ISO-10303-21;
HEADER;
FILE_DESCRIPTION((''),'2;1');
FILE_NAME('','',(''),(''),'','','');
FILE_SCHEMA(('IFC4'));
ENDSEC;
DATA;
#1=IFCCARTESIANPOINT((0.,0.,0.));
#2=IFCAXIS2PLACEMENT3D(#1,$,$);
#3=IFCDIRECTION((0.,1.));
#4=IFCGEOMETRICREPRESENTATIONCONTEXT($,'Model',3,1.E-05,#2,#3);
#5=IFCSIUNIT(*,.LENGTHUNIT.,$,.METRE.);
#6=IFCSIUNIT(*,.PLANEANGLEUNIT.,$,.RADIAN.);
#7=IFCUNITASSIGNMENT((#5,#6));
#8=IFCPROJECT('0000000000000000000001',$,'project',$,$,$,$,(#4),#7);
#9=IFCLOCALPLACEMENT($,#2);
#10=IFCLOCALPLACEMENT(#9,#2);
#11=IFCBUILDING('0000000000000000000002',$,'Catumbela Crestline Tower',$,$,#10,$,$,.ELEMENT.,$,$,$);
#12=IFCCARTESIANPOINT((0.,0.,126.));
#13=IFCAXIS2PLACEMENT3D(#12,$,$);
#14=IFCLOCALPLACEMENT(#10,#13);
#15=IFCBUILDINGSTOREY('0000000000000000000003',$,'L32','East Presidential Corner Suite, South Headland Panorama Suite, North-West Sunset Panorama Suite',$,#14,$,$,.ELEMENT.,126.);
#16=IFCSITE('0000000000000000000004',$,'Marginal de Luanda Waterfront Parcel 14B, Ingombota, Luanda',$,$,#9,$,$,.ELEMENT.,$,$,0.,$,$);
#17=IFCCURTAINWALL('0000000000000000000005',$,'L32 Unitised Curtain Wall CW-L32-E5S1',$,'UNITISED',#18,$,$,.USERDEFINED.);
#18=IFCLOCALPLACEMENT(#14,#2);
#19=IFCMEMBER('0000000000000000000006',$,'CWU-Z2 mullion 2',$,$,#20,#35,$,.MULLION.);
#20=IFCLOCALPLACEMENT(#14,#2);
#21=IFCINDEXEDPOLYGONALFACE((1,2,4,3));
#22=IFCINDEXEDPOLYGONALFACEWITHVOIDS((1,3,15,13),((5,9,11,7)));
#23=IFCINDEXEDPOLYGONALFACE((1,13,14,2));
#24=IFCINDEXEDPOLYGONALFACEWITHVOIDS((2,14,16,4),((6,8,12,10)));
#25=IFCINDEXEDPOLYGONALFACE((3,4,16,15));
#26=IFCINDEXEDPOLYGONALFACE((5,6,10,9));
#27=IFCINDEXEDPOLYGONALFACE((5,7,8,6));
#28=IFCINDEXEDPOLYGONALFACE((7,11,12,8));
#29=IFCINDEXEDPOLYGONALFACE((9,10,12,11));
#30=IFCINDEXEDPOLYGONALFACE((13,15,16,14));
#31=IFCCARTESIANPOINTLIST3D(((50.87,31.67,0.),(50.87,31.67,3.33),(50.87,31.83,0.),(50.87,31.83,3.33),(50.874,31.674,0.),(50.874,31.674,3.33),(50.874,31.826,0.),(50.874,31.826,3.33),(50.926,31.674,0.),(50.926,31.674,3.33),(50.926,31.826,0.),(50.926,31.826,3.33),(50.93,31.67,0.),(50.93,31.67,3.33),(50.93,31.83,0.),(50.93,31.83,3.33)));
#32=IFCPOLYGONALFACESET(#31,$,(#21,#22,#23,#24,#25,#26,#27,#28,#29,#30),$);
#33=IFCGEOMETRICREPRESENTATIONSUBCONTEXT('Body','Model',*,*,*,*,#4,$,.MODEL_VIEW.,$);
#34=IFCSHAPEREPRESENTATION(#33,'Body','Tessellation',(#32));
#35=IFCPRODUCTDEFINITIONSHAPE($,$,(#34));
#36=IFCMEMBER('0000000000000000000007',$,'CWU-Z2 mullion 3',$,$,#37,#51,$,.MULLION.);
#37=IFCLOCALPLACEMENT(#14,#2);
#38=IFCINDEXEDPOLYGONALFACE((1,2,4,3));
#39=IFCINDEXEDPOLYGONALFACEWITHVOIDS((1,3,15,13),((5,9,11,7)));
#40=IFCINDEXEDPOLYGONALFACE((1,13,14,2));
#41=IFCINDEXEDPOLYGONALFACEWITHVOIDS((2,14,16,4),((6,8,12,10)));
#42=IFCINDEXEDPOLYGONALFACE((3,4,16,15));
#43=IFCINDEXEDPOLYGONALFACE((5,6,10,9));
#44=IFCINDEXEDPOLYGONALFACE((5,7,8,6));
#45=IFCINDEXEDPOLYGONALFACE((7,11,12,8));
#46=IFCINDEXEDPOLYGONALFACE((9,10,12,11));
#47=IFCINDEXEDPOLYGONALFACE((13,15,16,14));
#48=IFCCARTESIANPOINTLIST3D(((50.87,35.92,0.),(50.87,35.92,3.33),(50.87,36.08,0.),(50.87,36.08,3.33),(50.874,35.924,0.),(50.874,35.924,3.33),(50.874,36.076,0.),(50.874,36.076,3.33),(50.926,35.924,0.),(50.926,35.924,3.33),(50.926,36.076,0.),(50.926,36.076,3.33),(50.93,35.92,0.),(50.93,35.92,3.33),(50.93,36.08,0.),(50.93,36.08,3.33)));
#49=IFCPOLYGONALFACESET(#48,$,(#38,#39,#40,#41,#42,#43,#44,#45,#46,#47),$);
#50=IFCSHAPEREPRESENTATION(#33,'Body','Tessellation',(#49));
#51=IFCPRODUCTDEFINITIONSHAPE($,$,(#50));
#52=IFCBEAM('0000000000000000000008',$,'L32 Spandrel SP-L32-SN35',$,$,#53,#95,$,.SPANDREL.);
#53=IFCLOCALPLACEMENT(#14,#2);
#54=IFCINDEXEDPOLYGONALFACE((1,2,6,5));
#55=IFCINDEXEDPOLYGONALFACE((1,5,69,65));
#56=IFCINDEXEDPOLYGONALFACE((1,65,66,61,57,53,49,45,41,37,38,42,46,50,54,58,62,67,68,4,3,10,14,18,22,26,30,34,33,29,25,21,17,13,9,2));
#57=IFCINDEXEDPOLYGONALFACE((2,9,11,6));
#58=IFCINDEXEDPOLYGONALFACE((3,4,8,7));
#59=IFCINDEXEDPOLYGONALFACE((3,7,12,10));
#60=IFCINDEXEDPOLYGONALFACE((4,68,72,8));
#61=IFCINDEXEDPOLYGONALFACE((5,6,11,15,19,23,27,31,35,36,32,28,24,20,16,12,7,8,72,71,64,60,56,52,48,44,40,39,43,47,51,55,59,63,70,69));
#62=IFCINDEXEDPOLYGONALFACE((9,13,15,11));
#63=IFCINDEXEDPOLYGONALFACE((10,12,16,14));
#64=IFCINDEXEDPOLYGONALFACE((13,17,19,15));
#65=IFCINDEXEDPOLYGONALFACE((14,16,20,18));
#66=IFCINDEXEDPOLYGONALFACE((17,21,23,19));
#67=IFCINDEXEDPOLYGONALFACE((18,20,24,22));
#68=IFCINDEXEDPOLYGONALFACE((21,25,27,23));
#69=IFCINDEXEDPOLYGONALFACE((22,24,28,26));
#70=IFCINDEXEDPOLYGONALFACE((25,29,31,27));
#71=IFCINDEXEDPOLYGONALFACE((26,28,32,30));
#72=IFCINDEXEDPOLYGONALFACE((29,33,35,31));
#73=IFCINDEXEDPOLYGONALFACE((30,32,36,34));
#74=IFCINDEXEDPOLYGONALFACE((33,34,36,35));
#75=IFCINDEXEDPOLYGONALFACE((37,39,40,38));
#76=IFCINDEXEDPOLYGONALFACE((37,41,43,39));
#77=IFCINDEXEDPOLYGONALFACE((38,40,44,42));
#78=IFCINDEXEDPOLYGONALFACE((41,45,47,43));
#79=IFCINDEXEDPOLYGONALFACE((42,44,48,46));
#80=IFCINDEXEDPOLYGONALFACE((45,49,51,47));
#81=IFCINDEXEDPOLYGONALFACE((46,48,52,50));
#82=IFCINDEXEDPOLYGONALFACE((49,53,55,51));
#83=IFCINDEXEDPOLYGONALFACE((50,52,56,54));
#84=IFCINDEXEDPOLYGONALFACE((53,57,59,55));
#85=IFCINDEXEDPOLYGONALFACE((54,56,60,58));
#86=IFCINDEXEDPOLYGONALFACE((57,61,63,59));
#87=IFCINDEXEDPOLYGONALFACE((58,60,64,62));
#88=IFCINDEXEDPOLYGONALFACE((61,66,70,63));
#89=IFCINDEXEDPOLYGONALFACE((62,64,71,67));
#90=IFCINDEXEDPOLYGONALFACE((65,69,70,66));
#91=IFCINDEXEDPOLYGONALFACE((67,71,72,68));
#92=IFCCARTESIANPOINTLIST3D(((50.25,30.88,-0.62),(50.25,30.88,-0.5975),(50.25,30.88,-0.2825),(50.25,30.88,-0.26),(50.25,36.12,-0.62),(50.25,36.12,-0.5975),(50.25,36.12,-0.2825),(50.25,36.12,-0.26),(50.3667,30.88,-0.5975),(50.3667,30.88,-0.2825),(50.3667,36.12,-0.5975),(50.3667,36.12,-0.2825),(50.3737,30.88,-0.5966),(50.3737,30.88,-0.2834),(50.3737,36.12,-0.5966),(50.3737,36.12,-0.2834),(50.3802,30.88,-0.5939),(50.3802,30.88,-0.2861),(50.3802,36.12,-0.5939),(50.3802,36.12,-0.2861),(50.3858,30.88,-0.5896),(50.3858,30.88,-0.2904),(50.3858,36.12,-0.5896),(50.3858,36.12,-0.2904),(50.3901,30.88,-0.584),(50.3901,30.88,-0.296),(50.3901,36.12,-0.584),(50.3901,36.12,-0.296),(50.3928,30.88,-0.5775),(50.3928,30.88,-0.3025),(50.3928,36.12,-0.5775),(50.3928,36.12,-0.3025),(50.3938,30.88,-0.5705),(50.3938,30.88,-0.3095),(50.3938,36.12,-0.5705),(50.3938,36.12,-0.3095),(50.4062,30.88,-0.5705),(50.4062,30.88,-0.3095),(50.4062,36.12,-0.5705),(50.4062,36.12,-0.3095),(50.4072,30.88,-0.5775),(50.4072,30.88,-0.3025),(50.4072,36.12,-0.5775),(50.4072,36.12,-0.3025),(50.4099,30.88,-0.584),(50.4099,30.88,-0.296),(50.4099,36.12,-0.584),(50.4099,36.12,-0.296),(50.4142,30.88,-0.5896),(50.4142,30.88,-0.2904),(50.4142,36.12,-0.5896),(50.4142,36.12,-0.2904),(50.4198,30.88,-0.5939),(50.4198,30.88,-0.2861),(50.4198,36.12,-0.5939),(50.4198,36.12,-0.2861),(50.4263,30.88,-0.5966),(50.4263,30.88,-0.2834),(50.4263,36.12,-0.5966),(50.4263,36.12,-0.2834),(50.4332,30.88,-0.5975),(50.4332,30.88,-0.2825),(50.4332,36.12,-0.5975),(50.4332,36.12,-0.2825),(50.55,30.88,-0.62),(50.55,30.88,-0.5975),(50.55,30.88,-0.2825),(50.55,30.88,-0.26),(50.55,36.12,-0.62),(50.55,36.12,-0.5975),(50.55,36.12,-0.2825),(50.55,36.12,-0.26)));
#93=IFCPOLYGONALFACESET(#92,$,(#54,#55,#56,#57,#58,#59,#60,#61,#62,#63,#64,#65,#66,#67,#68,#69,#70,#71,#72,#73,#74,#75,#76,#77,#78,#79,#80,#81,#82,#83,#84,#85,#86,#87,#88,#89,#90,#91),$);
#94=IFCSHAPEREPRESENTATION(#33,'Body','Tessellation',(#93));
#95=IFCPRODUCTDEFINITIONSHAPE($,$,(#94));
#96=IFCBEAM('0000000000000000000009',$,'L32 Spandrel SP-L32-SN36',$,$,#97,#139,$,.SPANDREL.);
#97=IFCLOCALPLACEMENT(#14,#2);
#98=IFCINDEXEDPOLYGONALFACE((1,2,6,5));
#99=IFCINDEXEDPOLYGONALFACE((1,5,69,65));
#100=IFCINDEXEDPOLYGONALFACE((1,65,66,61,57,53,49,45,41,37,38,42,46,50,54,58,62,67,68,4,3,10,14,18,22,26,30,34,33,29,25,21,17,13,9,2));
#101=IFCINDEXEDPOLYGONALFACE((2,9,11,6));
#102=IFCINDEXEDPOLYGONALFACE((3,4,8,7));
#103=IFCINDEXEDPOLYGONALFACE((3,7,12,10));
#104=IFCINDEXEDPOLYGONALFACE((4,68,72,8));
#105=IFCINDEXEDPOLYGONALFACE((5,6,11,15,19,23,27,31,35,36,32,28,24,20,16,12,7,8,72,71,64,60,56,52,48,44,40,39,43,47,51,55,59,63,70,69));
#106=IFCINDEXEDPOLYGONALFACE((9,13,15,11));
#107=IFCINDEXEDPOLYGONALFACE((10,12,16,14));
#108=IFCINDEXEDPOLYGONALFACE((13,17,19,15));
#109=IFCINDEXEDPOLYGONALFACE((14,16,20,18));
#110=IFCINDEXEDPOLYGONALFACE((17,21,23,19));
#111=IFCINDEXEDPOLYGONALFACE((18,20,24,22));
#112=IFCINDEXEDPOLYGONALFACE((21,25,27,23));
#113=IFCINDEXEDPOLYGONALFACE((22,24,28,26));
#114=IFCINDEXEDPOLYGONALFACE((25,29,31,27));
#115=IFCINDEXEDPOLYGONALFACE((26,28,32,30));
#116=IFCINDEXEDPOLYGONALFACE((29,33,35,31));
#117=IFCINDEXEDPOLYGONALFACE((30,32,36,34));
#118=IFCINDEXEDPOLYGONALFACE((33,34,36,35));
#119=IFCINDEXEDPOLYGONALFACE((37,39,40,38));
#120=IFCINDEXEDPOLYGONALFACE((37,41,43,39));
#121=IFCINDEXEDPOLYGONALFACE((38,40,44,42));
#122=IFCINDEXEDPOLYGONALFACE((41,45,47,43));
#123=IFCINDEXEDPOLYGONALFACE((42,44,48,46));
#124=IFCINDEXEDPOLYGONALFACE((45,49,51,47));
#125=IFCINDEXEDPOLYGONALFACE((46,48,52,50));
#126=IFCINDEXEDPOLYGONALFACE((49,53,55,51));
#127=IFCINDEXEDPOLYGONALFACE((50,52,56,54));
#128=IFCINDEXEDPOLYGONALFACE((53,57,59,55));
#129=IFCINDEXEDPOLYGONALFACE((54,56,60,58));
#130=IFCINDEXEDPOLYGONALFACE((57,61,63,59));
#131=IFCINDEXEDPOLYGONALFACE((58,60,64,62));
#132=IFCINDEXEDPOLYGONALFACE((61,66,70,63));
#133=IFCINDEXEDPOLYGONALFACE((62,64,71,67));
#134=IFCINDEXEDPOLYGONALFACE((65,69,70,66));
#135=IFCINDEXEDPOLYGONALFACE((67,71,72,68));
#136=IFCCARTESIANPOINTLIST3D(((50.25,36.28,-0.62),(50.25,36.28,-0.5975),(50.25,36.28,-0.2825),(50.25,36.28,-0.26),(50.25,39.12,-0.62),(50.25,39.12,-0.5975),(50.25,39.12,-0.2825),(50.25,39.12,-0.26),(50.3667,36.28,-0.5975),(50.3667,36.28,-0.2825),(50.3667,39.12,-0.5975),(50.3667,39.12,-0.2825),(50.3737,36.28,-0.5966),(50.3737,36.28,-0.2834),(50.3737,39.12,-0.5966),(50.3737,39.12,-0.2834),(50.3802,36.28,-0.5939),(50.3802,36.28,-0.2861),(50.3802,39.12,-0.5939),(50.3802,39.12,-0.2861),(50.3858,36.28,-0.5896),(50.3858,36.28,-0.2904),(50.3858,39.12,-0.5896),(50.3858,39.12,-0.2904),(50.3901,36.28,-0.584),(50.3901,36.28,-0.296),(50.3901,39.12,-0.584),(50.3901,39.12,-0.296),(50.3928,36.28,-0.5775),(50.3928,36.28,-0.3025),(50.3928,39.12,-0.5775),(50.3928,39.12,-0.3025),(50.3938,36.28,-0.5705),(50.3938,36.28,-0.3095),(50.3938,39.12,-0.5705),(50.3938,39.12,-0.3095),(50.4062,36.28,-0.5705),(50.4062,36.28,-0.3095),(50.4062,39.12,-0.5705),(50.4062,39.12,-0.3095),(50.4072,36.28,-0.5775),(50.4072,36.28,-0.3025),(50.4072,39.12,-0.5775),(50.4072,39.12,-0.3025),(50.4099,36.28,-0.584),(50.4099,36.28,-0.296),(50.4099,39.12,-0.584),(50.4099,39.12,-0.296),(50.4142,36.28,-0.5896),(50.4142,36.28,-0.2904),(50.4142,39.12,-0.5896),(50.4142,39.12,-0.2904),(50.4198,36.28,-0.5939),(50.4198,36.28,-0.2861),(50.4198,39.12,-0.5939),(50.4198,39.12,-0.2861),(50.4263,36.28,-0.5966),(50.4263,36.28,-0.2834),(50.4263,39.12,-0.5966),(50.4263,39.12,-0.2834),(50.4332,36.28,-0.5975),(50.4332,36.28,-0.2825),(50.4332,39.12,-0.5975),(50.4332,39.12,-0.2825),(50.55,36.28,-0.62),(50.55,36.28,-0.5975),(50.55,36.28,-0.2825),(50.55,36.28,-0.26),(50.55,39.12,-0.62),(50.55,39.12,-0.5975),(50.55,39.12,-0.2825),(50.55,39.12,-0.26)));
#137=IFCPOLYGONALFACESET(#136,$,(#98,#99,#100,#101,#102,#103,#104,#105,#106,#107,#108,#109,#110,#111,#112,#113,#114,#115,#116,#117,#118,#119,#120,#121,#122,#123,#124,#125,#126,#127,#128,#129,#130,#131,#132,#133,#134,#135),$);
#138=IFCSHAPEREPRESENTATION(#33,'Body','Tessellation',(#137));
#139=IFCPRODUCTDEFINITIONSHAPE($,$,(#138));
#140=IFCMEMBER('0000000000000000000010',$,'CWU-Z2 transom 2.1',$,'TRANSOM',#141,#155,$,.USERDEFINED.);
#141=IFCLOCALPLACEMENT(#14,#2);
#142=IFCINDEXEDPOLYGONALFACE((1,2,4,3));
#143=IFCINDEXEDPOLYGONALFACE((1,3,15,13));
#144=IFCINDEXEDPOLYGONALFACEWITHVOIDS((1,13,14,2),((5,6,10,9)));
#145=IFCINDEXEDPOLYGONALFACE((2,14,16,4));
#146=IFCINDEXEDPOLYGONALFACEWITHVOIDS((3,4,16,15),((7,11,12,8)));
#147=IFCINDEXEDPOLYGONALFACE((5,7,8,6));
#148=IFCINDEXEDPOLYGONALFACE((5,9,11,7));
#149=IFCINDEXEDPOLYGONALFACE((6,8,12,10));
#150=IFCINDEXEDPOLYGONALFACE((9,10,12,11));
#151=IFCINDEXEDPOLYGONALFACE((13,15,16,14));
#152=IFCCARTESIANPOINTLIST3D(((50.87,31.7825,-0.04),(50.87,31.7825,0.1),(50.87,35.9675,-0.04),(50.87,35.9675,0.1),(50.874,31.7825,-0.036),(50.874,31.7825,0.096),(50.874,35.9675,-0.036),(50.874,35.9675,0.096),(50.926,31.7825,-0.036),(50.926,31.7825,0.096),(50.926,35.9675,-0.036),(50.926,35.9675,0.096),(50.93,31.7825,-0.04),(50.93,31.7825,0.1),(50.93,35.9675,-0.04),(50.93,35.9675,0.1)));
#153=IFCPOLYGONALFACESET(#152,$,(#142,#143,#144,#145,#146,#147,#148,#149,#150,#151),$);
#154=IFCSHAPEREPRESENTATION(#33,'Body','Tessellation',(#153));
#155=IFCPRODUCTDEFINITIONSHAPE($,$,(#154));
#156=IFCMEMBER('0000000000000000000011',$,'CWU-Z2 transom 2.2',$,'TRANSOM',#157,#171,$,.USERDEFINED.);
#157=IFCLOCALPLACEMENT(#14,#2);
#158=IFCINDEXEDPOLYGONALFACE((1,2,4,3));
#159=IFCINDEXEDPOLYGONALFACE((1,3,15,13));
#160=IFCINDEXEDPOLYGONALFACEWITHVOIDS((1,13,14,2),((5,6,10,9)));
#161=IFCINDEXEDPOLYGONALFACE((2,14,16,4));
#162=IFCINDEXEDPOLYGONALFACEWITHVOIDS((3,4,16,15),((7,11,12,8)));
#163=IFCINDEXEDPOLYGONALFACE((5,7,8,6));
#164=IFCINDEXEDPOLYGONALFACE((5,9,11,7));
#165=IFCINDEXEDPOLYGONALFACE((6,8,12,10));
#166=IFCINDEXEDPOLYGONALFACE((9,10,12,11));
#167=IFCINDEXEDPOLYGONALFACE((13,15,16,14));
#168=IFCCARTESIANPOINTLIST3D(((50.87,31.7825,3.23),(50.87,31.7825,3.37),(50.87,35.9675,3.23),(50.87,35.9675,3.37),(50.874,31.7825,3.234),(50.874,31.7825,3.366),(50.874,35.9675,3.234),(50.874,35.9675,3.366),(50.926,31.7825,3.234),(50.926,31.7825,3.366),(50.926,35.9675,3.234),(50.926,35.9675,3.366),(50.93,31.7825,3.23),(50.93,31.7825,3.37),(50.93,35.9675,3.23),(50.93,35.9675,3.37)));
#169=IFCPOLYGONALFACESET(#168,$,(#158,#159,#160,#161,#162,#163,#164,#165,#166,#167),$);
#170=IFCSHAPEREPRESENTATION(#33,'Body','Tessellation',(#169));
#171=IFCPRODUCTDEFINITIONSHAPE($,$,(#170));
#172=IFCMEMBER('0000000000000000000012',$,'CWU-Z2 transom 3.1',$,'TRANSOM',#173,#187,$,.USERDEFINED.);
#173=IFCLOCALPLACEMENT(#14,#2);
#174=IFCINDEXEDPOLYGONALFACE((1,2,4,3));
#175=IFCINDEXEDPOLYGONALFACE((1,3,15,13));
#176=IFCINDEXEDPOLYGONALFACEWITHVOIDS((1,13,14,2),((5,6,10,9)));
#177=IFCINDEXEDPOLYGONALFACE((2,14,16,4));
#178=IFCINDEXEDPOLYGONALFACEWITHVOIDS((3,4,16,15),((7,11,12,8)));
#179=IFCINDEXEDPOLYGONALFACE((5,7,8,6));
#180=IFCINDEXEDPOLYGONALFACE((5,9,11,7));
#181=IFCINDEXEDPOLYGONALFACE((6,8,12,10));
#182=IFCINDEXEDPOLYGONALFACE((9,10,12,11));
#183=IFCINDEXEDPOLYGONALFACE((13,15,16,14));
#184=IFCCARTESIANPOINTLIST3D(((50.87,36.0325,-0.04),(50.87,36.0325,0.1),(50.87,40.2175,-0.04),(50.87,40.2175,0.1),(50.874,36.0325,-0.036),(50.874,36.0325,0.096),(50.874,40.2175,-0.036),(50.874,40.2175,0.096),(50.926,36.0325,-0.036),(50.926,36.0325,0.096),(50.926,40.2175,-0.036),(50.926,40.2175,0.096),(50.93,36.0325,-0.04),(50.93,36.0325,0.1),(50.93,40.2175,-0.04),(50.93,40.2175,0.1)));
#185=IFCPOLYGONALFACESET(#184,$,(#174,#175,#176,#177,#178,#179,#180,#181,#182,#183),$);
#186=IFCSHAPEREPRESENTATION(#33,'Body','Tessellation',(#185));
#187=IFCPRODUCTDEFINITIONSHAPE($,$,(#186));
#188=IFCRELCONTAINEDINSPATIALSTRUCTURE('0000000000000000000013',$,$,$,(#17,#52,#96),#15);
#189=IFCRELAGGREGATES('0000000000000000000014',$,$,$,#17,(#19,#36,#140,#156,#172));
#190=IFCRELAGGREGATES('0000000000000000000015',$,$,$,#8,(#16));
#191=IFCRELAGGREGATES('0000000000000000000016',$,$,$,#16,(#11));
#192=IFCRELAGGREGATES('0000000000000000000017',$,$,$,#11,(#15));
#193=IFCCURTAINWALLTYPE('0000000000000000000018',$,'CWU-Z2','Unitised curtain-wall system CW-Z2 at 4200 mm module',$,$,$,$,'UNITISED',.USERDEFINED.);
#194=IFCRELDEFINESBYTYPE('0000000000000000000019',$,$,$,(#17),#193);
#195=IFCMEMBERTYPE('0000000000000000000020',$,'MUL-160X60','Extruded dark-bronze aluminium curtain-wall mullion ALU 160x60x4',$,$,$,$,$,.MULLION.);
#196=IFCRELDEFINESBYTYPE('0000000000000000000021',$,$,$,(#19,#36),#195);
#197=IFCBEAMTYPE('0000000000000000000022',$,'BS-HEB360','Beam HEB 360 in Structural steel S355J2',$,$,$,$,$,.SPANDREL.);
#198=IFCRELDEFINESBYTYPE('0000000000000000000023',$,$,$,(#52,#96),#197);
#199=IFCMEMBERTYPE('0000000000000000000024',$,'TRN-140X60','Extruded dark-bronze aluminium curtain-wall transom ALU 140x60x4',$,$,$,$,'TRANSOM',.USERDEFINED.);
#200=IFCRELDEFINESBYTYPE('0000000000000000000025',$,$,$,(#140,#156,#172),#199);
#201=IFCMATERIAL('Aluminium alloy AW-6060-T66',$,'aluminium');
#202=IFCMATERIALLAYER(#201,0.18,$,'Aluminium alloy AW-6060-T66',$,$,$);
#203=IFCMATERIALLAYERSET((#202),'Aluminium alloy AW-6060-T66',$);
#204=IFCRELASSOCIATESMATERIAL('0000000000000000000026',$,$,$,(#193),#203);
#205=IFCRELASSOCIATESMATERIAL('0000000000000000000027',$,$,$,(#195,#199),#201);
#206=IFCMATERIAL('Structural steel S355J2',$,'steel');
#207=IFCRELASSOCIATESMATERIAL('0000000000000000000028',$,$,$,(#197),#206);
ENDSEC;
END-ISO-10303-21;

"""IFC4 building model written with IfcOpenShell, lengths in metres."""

from ifc_helpers import new_model, si_unit, direction, frame, origin, origin_2d, place, context, subcontext, project, spatial, hollow_rectangle, i_section, extrude, material, layer, layer_set, material_profile, profile_set, type_object, element, aggregate, save


model = new_model("IFC4")

# Units and contexts
model_context = context("Model", 3, precision=1e-05, world=origin(), true_north=direction((0.0, 1.0)))
body_context = subcontext(model_context, "Body", "Model", "MODEL_VIEW")
ifc_project = project(units=[si_unit("LENGTHUNIT", "METRE"), si_unit("PLANEANGLEUNIT", "RADIAN")], contexts=[model_context])

# Site, building, storey
site_placement = place(None, origin())
site = spatial("IfcSite", under=ifc_project, at=site_placement, Name="Marginal de Luanda Waterfront Parcel 14B, Ingombota, Luanda", CompositionType="ELEMENT", RefElevation=0.0)
building_placement = place(site_placement, origin())
building = spatial("IfcBuilding", under=site, at=building_placement, Name="Catumbela Crestline Tower", CompositionType="ELEMENT")
storey_placement = place(building_placement, frame((0.0, 0.0, 126.0)))
storey = spatial("IfcBuildingStorey", under=building, at=storey_placement, Name="L32", Description="East Presidential Corner Suite, South Headland Panorama Suite, North-West Sunset Panorama Suite", CompositionType="ELEMENT", Elevation=126.0)

# Shared definitions
ifc_material_1 = material(Name="Structural steel S355J2", Category="steel")

# Curtain wall, members
ifc_material_2 = material(Name="Aluminium alloy AW-6060-T66", Category="aluminium")
ifc_layer_1 = layer(ifc_material_2, 0.18, Name="Aluminium alloy AW-6060-T66")
ifc_layer_set_1 = layer_set([ifc_layer_1], Name="Aluminium alloy AW-6060-T66")
curtain_wall_type = type_object("IfcCurtainWallType", Name="CWU-Z2", Description="Unitised curtain-wall system CW-Z2 at 4200 mm module", ElementType="UNITISED", PredefinedType="USERDEFINED", material=ifc_layer_set_1)
curtain_wall_placement = place(storey_placement, origin())
curtain_wall = element("IfcCurtainWall", 1, at=curtain_wall_placement, inside=storey, type_object=curtain_wall_type, Name="L32 Unitised Curtain Wall CW-L32-E5S1", ObjectType="UNITISED", PredefinedType="USERDEFINED")
ifc_material_profile_1 = material_profile(ifc_material_2, hollow_rectangle(XDim=0.06, YDim=0.16, WallThickness=0.004, at=origin_2d()), Name="ALU 160x60x4")
ifc_profile_set_1 = profile_set([ifc_material_profile_1], Name="Aluminium alloy AW-6060-T66")
member_type_1 = type_object("IfcMemberType", Name="MUL-160X60", Description="Extruded dark-bronze aluminium curtain-wall mullion ALU 160x60x4", PredefinedType="MULLION", material=ifc_profile_set_1)
member_1_placement = place(storey_placement, frame((50.9, 31.75, 0.0), z_axis=(0.0, 0.0, 1.0), x_axis=(-1.0, 0.0, 0.0)))
member_1 = element("IfcMember", 2, at=member_1_placement, type_object=member_type_1, Name="CWU-Z2 mullion 2", PredefinedType="MULLION", context=body_context, shape_type="SweptSolid", body=[
    extrude(hollow_rectangle(XDim=0.06, YDim=0.16, WallThickness=0.004, at=origin_2d()), origin(), (0.0, 0.0, 1.0), 3.33),
])
member_2_placement = place(storey_placement, frame((50.9, 36.0, 0.0), z_axis=(0.0, 0.0, 1.0), x_axis=(-1.0, 0.0, 0.0)))
member_2 = element("IfcMember", 3, at=member_2_placement, type_object=member_type_1, Name="CWU-Z2 mullion 3", PredefinedType="MULLION", context=body_context, shape_type="SweptSolid", body=[
    extrude(hollow_rectangle(XDim=0.06, YDim=0.16, WallThickness=0.004, at=origin_2d()), origin(), (0.0, 0.0, 1.0), 3.33),
])

# Beams
ifc_material_profile_2 = material_profile(ifc_material_1, i_section(OverallWidth=0.3, OverallDepth=0.36, WebThickness=0.0125, FlangeThickness=0.0225, FilletRadius=0.027, at=origin_2d()), Name="HEB 360")
ifc_profile_set_2 = profile_set([ifc_material_profile_2], Name="Structural steel S355J2")
beam_type_1 = type_object("IfcBeamType", Name="BS-HEB360", Description="Beam HEB 360 in Structural steel S355J2", PredefinedType="SPANDREL", material=ifc_profile_set_2)
beam_1_placement = place(storey_placement, frame((50.4, 30.88, -0.44), z_axis=(0.0, 1.0, 0.0), x_axis=(-1.0, 0.0, 0.0)))
element("IfcBeam", 4, at=beam_1_placement, inside=storey, type_object=beam_type_1, Name="L32 Spandrel SP-L32-SN35", PredefinedType="SPANDREL", context=body_context, shape_type="SweptSolid", body=[
    extrude(i_section(OverallWidth=0.3, OverallDepth=0.36, WebThickness=0.0125, FlangeThickness=0.0225, FilletRadius=0.027, at=origin_2d()), origin(), (0.0, 0.0, 1.0), 5.24),
])
beam_2_placement = place(storey_placement, frame((50.4, 36.28, -0.44), z_axis=(0.0, 1.0, 0.0), x_axis=(-1.0, 0.0, 0.0)))
element("IfcBeam", 5, at=beam_2_placement, inside=storey, type_object=beam_type_1, Name="L32 Spandrel SP-L32-SN36", PredefinedType="SPANDREL", context=body_context, shape_type="SweptSolid", body=[
    extrude(i_section(OverallWidth=0.3, OverallDepth=0.36, WebThickness=0.0125, FlangeThickness=0.0225, FilletRadius=0.027, at=origin_2d()), origin(), (0.0, 0.0, 1.0), 2.84),
])

# Members
ifc_material_profile_3 = material_profile(ifc_material_2, hollow_rectangle(XDim=0.06, YDim=0.14, WallThickness=0.004, at=origin_2d()), Name="ALU 140x60x4")
ifc_profile_set_3 = profile_set([ifc_material_profile_3], Name="Aluminium alloy AW-6060-T66")
member_type_2 = type_object("IfcMemberType", Name="TRN-140X60", Description="Extruded dark-bronze aluminium curtain-wall transom ALU 140x60x4", ElementType="TRANSOM", PredefinedType="USERDEFINED", material=ifc_profile_set_3)
member_3_placement = place(storey_placement, frame((50.9, 31.7825, 0.03), z_axis=(0.0, 1.0, 0.0), x_axis=(-1.0, 0.0, 0.0)))
member_3 = element("IfcMember", 6, at=member_3_placement, type_object=member_type_2, Name="CWU-Z2 transom 2.1", ObjectType="TRANSOM", PredefinedType="USERDEFINED", context=body_context, shape_type="SweptSolid", body=[
    extrude(hollow_rectangle(XDim=0.06, YDim=0.14, WallThickness=0.004, at=origin_2d()), origin(), (0.0, 0.0, 1.0), 4.185),
])
member_4_placement = place(storey_placement, frame((50.9, 31.7825, 3.3), z_axis=(0.0, 1.0, 0.0), x_axis=(-1.0, 0.0, 0.0)))
member_4 = element("IfcMember", 7, at=member_4_placement, type_object=member_type_2, Name="CWU-Z2 transom 2.2", ObjectType="TRANSOM", PredefinedType="USERDEFINED", context=body_context, shape_type="SweptSolid", body=[
    extrude(hollow_rectangle(XDim=0.06, YDim=0.14, WallThickness=0.004, at=origin_2d()), origin(), (0.0, 0.0, 1.0), 4.185),
])
member_5_placement = place(storey_placement, frame((50.9, 36.0325, 0.03), z_axis=(0.0, 1.0, 0.0), x_axis=(-1.0, 0.0, 0.0)))
member_5 = element("IfcMember", 8, at=member_5_placement, type_object=member_type_2, Name="CWU-Z2 transom 3.1", ObjectType="TRANSOM", PredefinedType="USERDEFINED", context=body_context, shape_type="SweptSolid", body=[
    extrude(hollow_rectangle(XDim=0.06, YDim=0.14, WallThickness=0.004, at=origin_2d()), origin(), (0.0, 0.0, 1.0), 4.185),
])

aggregate(curtain_wall, [member_1, member_2, member_3, member_4, member_5])

save(model, "model.ifc")
